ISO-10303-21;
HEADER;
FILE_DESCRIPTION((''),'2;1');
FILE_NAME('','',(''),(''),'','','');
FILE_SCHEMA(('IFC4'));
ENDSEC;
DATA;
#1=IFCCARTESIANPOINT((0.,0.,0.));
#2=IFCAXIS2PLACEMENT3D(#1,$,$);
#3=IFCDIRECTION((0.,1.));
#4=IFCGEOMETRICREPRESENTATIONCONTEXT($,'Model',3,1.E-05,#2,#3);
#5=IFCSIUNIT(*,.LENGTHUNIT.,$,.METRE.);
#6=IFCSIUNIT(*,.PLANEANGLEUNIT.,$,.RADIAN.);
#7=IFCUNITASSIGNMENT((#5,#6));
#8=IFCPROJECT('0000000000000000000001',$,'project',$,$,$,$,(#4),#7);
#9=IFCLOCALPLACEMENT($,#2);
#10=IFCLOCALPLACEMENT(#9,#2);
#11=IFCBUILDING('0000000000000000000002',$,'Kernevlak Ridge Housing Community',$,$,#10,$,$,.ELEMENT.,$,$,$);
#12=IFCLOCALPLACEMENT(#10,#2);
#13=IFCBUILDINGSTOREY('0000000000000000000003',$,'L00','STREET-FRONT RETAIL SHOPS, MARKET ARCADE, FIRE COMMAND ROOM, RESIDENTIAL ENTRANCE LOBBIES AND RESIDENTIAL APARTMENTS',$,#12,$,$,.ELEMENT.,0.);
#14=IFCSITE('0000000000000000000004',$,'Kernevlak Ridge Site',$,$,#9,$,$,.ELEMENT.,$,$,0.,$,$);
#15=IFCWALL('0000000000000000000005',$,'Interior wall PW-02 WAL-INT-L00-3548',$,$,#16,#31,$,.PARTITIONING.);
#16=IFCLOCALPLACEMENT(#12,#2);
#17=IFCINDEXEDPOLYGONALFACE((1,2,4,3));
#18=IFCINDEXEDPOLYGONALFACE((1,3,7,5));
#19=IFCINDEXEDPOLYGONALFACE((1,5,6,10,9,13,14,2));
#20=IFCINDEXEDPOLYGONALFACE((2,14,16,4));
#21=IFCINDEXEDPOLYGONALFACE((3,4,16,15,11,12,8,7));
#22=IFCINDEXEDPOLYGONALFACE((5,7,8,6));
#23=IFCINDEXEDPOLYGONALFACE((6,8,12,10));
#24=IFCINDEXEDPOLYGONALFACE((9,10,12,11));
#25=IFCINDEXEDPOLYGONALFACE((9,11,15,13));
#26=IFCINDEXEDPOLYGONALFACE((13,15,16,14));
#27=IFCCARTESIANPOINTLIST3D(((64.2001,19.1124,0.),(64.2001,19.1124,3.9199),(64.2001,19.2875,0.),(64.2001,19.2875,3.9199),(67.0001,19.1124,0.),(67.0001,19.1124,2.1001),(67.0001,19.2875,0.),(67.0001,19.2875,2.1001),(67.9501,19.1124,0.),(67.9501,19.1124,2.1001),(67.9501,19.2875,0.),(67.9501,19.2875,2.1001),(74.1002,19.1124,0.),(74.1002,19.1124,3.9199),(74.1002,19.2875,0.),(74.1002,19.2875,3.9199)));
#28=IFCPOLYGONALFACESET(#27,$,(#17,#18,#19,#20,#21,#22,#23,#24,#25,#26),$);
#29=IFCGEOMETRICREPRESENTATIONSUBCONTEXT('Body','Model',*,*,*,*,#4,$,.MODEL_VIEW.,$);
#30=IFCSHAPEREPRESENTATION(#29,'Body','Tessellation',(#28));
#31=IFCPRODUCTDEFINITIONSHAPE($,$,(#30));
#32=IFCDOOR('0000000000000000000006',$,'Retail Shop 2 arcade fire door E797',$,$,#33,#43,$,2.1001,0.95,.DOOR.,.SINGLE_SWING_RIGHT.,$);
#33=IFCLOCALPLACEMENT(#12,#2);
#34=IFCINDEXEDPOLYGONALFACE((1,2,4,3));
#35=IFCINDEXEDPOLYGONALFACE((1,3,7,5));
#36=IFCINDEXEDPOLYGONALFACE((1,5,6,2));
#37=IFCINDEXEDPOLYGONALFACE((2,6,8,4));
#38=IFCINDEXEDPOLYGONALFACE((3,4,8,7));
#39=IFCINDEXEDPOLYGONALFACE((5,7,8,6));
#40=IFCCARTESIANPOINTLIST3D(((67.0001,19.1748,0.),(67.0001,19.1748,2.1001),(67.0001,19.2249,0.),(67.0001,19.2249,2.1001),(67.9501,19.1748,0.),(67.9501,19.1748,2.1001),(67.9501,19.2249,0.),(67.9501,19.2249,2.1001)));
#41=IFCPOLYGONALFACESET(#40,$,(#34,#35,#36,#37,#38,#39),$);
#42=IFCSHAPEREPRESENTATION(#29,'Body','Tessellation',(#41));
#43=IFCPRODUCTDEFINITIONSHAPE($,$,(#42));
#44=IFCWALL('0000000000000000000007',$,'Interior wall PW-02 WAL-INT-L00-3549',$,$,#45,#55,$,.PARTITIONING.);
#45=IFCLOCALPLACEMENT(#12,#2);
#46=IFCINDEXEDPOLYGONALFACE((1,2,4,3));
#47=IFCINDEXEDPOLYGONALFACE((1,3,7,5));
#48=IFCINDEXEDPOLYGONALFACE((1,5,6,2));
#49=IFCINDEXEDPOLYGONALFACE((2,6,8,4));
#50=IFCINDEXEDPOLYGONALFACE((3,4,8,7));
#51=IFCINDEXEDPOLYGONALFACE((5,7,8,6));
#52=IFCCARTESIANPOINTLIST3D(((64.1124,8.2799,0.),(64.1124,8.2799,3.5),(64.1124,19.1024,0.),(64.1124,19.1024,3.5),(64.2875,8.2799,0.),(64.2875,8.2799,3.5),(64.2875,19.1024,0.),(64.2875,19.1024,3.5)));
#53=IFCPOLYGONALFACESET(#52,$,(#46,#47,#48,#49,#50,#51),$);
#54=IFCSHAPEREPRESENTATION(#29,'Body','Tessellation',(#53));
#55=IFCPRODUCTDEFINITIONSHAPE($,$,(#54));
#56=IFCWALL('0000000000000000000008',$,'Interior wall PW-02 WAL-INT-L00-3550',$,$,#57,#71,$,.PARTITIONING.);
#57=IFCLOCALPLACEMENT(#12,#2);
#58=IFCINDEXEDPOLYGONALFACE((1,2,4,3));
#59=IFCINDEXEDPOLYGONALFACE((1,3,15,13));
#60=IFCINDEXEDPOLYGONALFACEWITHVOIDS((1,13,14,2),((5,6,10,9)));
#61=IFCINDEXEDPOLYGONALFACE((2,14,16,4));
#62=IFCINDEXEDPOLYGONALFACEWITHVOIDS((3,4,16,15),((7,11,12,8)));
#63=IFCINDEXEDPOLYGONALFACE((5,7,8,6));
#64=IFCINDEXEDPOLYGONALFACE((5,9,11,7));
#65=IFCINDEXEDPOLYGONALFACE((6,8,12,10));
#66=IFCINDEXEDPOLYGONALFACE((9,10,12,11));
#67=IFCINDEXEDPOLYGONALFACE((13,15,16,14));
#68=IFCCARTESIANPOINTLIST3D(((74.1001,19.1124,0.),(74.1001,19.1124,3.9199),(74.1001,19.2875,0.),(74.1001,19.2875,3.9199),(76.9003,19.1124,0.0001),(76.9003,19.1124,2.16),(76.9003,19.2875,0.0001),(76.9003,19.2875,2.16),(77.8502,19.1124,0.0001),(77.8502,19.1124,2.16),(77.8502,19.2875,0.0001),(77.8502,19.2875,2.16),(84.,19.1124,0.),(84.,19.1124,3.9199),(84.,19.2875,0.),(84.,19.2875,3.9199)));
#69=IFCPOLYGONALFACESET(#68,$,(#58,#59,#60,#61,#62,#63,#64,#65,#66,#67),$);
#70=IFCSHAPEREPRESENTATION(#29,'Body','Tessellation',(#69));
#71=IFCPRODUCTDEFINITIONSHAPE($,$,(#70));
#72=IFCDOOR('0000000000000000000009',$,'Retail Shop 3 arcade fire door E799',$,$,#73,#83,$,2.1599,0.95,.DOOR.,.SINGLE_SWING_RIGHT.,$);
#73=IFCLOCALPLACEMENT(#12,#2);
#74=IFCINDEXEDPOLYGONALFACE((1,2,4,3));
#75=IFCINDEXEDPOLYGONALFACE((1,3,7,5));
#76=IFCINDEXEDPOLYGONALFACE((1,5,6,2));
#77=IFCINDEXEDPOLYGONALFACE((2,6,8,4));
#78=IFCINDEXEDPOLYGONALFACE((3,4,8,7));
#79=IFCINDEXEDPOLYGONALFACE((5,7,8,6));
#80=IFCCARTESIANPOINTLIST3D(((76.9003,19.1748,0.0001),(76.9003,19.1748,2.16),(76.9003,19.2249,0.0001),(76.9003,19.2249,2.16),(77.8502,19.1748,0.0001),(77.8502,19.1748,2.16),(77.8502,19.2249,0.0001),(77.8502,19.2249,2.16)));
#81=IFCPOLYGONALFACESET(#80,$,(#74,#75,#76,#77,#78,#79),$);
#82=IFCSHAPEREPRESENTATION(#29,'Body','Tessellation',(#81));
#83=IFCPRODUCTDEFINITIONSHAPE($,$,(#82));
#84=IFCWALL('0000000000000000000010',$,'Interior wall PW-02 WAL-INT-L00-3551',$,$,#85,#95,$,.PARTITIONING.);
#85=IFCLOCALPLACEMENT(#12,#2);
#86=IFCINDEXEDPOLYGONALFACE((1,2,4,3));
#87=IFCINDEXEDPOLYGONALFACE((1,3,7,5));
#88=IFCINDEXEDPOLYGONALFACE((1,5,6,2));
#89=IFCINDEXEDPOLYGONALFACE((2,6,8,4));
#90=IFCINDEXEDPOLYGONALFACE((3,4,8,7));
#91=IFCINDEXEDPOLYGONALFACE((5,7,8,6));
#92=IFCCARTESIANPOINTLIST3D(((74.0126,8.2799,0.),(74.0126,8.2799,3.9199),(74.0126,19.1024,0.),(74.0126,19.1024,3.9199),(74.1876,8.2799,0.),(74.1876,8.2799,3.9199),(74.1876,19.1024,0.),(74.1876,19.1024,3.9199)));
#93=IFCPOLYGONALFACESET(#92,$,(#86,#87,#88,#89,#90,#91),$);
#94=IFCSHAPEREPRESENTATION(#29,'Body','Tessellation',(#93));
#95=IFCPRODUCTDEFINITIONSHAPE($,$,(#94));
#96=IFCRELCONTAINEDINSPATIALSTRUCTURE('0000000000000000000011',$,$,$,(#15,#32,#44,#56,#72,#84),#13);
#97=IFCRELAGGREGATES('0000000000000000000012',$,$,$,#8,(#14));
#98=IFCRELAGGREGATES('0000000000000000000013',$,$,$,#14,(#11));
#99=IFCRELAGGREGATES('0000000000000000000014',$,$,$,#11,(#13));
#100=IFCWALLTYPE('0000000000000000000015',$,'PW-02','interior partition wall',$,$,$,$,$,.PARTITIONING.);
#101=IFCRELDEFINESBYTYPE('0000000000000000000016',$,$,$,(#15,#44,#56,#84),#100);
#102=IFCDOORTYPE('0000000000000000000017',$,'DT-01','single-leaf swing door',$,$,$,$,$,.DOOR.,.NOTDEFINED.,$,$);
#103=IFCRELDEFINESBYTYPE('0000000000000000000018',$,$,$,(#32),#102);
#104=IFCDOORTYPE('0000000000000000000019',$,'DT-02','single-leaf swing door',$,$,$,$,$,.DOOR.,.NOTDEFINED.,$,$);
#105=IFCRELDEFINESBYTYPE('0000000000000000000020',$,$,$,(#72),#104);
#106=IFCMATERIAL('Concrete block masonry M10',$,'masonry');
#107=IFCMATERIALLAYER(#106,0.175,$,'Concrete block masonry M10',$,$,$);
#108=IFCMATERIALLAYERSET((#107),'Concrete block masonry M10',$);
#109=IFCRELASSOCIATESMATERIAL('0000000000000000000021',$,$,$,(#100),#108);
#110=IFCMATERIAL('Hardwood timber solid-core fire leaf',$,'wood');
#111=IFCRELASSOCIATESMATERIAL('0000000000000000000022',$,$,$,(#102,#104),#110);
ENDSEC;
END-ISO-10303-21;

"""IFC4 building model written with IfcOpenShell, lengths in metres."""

from ifc_helpers import new_model, si_unit, direction, frame, frame_2d, origin, place, context, subcontext, project, spatial, rectangle, extrude, material, layer, layer_set, type_object, element, fill, save


model = new_model("IFC4")

# Units and contexts
model_context = context("Model", 3, precision=1e-05, world=origin(), true_north=direction((0.0, 1.0)))
body_context = subcontext(model_context, "Body", "Model", "MODEL_VIEW")
ifc_project = project(units=[si_unit("LENGTHUNIT", "METRE"), si_unit("PLANEANGLEUNIT", "RADIAN")], contexts=[model_context])

# Site, building, storey
site_placement = place(None, origin())
site = spatial("IfcSite", under=ifc_project, at=site_placement, Name="Kernevlak Ridge Site", CompositionType="ELEMENT", RefElevation=0.0)
building_placement = place(site_placement, origin())
building = spatial("IfcBuilding", under=site, at=building_placement, Name="Kernevlak Ridge Housing Community", CompositionType="ELEMENT")
storey_placement = place(building_placement, origin())
storey = spatial("IfcBuildingStorey", under=building, at=storey_placement, Name="L00", Description="STREET-FRONT RETAIL SHOPS, MARKET ARCADE, FIRE COMMAND ROOM, RESIDENTIAL ENTRANCE LOBBIES AND RESIDENTIAL APARTMENTS", CompositionType="ELEMENT", Elevation=0.0)

# Wall, opening, door
ifc_material_1 = material(Name="Concrete block masonry M10", Category="masonry")
ifc_layer_1 = layer(ifc_material_1, 0.175, Name="Concrete block masonry M10")
ifc_layer_set_1 = layer_set([ifc_layer_1], Name="Concrete block masonry M10")
wall_type_1 = type_object("IfcWallType", Name="PW-02", Description="interior partition wall", PredefinedType="PARTITIONING", material=ifc_layer_set_1)
wall_1_placement = place(storey_placement, frame((64.2, 19.2, 0.0), z_axis=(0.0, 0.0, 1.0), x_axis=(1.0, 0.0, 0.0)))
wall_1 = element("IfcWall", 1, at=wall_1_placement, inside=storey, type_object=wall_type_1, Name="Interior wall PW-02 WAL-INT-L00-3548", PredefinedType="PARTITIONING", context=body_context, shape_type="SweptSolid", body=[
    extrude(rectangle(XDim=9.9001, YDim=0.175, at=frame_2d((4.9502, 0.0))), origin(), (0.0, 0.0, 1.0), 3.9199),
])
opening_1_placement = place(wall_1_placement, frame((2.8, 0.0, 0.0)))
opening_1 = element("IfcOpeningElement", 2, at=opening_1_placement, cuts=wall_1, PredefinedType="OPENING", context=body_context, shape_type="SweptSolid", body=[
    extrude(rectangle(XDim=0.95, YDim=2.1001, at=frame_2d((0.4751, 1.05))), frame((0.0, 0.0974, 0.0), z_axis=(0.0, -1.0, 0.0), x_axis=(1.0, 0.0, 0.0)), (0.0, 0.0, 1.0), 0.1951),
])
ifc_material_2 = material(Name="Hardwood timber solid-core fire leaf", Category="wood")
door_type_1 = type_object("IfcDoorType", Name="DT-01", Description="single-leaf swing door", OperationType="NOTDEFINED", PredefinedType="DOOR", material=ifc_material_2)
door_1_placement = place(opening_1_placement, origin())
door_1 = element("IfcDoor", 3, at=door_1_placement, inside=storey, type_object=door_type_1, Name="Retail Shop 2 arcade fire door E797", OperationType="SINGLE_SWING_RIGHT", OverallHeight=2.1001, OverallWidth=0.95, PredefinedType="DOOR", context=body_context, shape_type="SweptSolid", body=[
    extrude(rectangle(XDim=0.95, YDim=2.1001, at=frame_2d((0.4751, 1.05))), frame((0.0, 0.0249, 0.0), z_axis=(0.0, -1.0, 0.0), x_axis=(1.0, 0.0, 0.0)), (0.0, 0.0, 1.0), 0.05),
])
fill(opening_1, door_1)

# Wall
wall_2_placement = place(storey_placement, frame((64.2, 8.28, 0.0), z_axis=(0.0, 0.0, 1.0), x_axis=(0.0, 1.0, 0.0)))
element("IfcWall", 4, at=wall_2_placement, inside=storey, type_object=wall_type_1, Name="Interior wall PW-02 WAL-INT-L00-3549", PredefinedType="PARTITIONING", context=body_context, shape_type="SweptSolid", body=[
    extrude(rectangle(XDim=10.8225, YDim=0.175, at=frame_2d((5.4111, 0.0))), origin(), (0.0, 0.0, 1.0), 3.5),
])

# Wall, opening, door
wall_3_placement = place(storey_placement, frame((74.1001, 19.2, 0.0), z_axis=(0.0, 0.0, 1.0), x_axis=(1.0, 0.0, 0.0)))
wall_3 = element("IfcWall", 5, at=wall_3_placement, inside=storey, type_object=wall_type_1, Name="Interior wall PW-02 WAL-INT-L00-3550", PredefinedType="PARTITIONING", context=body_context, shape_type="SweptSolid", body=[
    extrude(rectangle(XDim=9.8999, YDim=0.175, at=frame_2d((4.95, 0.0))), origin(), (0.0, 0.0, 1.0), 3.9199),
])
opening_2_placement = place(wall_3_placement, frame((2.8, 0.0, 0.0)))
opening_2 = element("IfcOpeningElement", 6, at=opening_2_placement, cuts=wall_3, PredefinedType="OPENING", context=body_context, shape_type="SweptSolid", body=[
    extrude(rectangle(XDim=0.95, YDim=2.1599, at=frame_2d((0.4751, 1.0801))), frame((0.0, 0.0974, 0.0), z_axis=(0.0, -1.0, 0.0), x_axis=(1.0, 0.0, 0.0)), (0.0, 0.0, 1.0), 0.1951),
])
door_type_2 = type_object("IfcDoorType", Name="DT-02", Description="single-leaf swing door", OperationType="NOTDEFINED", PredefinedType="DOOR", material=ifc_material_2)
door_2_placement = place(opening_2_placement, origin())
door_2 = element("IfcDoor", 7, at=door_2_placement, inside=storey, type_object=door_type_2, Name="Retail Shop 3 arcade fire door E799", OperationType="SINGLE_SWING_RIGHT", OverallHeight=2.1599, OverallWidth=0.95, PredefinedType="DOOR", context=body_context, shape_type="SweptSolid", body=[
    extrude(rectangle(XDim=0.95, YDim=2.1599, at=frame_2d((0.4751, 1.0801))), frame((0.0, 0.0249, 0.0), z_axis=(0.0, -1.0, 0.0), x_axis=(1.0, 0.0, 0.0)), (0.0, 0.0, 1.0), 0.05),
])
fill(opening_2, door_2)

# Wall
wall_4_placement = place(storey_placement, frame((74.1001, 8.28, 0.0), z_axis=(0.0, 0.0, 1.0), x_axis=(0.0, 1.0, 0.0)))
element("IfcWall", 8, at=wall_4_placement, inside=storey, type_object=wall_type_1, Name="Interior wall PW-02 WAL-INT-L00-3551", PredefinedType="PARTITIONING", context=body_context, shape_type="SweptSolid", body=[
    extrude(rectangle(XDim=10.8225, YDim=0.175, at=frame_2d((5.4111, 0.0))), origin(), (0.0, 0.0, 1.0), 3.9199),
])

save(model, "model.ifc")
